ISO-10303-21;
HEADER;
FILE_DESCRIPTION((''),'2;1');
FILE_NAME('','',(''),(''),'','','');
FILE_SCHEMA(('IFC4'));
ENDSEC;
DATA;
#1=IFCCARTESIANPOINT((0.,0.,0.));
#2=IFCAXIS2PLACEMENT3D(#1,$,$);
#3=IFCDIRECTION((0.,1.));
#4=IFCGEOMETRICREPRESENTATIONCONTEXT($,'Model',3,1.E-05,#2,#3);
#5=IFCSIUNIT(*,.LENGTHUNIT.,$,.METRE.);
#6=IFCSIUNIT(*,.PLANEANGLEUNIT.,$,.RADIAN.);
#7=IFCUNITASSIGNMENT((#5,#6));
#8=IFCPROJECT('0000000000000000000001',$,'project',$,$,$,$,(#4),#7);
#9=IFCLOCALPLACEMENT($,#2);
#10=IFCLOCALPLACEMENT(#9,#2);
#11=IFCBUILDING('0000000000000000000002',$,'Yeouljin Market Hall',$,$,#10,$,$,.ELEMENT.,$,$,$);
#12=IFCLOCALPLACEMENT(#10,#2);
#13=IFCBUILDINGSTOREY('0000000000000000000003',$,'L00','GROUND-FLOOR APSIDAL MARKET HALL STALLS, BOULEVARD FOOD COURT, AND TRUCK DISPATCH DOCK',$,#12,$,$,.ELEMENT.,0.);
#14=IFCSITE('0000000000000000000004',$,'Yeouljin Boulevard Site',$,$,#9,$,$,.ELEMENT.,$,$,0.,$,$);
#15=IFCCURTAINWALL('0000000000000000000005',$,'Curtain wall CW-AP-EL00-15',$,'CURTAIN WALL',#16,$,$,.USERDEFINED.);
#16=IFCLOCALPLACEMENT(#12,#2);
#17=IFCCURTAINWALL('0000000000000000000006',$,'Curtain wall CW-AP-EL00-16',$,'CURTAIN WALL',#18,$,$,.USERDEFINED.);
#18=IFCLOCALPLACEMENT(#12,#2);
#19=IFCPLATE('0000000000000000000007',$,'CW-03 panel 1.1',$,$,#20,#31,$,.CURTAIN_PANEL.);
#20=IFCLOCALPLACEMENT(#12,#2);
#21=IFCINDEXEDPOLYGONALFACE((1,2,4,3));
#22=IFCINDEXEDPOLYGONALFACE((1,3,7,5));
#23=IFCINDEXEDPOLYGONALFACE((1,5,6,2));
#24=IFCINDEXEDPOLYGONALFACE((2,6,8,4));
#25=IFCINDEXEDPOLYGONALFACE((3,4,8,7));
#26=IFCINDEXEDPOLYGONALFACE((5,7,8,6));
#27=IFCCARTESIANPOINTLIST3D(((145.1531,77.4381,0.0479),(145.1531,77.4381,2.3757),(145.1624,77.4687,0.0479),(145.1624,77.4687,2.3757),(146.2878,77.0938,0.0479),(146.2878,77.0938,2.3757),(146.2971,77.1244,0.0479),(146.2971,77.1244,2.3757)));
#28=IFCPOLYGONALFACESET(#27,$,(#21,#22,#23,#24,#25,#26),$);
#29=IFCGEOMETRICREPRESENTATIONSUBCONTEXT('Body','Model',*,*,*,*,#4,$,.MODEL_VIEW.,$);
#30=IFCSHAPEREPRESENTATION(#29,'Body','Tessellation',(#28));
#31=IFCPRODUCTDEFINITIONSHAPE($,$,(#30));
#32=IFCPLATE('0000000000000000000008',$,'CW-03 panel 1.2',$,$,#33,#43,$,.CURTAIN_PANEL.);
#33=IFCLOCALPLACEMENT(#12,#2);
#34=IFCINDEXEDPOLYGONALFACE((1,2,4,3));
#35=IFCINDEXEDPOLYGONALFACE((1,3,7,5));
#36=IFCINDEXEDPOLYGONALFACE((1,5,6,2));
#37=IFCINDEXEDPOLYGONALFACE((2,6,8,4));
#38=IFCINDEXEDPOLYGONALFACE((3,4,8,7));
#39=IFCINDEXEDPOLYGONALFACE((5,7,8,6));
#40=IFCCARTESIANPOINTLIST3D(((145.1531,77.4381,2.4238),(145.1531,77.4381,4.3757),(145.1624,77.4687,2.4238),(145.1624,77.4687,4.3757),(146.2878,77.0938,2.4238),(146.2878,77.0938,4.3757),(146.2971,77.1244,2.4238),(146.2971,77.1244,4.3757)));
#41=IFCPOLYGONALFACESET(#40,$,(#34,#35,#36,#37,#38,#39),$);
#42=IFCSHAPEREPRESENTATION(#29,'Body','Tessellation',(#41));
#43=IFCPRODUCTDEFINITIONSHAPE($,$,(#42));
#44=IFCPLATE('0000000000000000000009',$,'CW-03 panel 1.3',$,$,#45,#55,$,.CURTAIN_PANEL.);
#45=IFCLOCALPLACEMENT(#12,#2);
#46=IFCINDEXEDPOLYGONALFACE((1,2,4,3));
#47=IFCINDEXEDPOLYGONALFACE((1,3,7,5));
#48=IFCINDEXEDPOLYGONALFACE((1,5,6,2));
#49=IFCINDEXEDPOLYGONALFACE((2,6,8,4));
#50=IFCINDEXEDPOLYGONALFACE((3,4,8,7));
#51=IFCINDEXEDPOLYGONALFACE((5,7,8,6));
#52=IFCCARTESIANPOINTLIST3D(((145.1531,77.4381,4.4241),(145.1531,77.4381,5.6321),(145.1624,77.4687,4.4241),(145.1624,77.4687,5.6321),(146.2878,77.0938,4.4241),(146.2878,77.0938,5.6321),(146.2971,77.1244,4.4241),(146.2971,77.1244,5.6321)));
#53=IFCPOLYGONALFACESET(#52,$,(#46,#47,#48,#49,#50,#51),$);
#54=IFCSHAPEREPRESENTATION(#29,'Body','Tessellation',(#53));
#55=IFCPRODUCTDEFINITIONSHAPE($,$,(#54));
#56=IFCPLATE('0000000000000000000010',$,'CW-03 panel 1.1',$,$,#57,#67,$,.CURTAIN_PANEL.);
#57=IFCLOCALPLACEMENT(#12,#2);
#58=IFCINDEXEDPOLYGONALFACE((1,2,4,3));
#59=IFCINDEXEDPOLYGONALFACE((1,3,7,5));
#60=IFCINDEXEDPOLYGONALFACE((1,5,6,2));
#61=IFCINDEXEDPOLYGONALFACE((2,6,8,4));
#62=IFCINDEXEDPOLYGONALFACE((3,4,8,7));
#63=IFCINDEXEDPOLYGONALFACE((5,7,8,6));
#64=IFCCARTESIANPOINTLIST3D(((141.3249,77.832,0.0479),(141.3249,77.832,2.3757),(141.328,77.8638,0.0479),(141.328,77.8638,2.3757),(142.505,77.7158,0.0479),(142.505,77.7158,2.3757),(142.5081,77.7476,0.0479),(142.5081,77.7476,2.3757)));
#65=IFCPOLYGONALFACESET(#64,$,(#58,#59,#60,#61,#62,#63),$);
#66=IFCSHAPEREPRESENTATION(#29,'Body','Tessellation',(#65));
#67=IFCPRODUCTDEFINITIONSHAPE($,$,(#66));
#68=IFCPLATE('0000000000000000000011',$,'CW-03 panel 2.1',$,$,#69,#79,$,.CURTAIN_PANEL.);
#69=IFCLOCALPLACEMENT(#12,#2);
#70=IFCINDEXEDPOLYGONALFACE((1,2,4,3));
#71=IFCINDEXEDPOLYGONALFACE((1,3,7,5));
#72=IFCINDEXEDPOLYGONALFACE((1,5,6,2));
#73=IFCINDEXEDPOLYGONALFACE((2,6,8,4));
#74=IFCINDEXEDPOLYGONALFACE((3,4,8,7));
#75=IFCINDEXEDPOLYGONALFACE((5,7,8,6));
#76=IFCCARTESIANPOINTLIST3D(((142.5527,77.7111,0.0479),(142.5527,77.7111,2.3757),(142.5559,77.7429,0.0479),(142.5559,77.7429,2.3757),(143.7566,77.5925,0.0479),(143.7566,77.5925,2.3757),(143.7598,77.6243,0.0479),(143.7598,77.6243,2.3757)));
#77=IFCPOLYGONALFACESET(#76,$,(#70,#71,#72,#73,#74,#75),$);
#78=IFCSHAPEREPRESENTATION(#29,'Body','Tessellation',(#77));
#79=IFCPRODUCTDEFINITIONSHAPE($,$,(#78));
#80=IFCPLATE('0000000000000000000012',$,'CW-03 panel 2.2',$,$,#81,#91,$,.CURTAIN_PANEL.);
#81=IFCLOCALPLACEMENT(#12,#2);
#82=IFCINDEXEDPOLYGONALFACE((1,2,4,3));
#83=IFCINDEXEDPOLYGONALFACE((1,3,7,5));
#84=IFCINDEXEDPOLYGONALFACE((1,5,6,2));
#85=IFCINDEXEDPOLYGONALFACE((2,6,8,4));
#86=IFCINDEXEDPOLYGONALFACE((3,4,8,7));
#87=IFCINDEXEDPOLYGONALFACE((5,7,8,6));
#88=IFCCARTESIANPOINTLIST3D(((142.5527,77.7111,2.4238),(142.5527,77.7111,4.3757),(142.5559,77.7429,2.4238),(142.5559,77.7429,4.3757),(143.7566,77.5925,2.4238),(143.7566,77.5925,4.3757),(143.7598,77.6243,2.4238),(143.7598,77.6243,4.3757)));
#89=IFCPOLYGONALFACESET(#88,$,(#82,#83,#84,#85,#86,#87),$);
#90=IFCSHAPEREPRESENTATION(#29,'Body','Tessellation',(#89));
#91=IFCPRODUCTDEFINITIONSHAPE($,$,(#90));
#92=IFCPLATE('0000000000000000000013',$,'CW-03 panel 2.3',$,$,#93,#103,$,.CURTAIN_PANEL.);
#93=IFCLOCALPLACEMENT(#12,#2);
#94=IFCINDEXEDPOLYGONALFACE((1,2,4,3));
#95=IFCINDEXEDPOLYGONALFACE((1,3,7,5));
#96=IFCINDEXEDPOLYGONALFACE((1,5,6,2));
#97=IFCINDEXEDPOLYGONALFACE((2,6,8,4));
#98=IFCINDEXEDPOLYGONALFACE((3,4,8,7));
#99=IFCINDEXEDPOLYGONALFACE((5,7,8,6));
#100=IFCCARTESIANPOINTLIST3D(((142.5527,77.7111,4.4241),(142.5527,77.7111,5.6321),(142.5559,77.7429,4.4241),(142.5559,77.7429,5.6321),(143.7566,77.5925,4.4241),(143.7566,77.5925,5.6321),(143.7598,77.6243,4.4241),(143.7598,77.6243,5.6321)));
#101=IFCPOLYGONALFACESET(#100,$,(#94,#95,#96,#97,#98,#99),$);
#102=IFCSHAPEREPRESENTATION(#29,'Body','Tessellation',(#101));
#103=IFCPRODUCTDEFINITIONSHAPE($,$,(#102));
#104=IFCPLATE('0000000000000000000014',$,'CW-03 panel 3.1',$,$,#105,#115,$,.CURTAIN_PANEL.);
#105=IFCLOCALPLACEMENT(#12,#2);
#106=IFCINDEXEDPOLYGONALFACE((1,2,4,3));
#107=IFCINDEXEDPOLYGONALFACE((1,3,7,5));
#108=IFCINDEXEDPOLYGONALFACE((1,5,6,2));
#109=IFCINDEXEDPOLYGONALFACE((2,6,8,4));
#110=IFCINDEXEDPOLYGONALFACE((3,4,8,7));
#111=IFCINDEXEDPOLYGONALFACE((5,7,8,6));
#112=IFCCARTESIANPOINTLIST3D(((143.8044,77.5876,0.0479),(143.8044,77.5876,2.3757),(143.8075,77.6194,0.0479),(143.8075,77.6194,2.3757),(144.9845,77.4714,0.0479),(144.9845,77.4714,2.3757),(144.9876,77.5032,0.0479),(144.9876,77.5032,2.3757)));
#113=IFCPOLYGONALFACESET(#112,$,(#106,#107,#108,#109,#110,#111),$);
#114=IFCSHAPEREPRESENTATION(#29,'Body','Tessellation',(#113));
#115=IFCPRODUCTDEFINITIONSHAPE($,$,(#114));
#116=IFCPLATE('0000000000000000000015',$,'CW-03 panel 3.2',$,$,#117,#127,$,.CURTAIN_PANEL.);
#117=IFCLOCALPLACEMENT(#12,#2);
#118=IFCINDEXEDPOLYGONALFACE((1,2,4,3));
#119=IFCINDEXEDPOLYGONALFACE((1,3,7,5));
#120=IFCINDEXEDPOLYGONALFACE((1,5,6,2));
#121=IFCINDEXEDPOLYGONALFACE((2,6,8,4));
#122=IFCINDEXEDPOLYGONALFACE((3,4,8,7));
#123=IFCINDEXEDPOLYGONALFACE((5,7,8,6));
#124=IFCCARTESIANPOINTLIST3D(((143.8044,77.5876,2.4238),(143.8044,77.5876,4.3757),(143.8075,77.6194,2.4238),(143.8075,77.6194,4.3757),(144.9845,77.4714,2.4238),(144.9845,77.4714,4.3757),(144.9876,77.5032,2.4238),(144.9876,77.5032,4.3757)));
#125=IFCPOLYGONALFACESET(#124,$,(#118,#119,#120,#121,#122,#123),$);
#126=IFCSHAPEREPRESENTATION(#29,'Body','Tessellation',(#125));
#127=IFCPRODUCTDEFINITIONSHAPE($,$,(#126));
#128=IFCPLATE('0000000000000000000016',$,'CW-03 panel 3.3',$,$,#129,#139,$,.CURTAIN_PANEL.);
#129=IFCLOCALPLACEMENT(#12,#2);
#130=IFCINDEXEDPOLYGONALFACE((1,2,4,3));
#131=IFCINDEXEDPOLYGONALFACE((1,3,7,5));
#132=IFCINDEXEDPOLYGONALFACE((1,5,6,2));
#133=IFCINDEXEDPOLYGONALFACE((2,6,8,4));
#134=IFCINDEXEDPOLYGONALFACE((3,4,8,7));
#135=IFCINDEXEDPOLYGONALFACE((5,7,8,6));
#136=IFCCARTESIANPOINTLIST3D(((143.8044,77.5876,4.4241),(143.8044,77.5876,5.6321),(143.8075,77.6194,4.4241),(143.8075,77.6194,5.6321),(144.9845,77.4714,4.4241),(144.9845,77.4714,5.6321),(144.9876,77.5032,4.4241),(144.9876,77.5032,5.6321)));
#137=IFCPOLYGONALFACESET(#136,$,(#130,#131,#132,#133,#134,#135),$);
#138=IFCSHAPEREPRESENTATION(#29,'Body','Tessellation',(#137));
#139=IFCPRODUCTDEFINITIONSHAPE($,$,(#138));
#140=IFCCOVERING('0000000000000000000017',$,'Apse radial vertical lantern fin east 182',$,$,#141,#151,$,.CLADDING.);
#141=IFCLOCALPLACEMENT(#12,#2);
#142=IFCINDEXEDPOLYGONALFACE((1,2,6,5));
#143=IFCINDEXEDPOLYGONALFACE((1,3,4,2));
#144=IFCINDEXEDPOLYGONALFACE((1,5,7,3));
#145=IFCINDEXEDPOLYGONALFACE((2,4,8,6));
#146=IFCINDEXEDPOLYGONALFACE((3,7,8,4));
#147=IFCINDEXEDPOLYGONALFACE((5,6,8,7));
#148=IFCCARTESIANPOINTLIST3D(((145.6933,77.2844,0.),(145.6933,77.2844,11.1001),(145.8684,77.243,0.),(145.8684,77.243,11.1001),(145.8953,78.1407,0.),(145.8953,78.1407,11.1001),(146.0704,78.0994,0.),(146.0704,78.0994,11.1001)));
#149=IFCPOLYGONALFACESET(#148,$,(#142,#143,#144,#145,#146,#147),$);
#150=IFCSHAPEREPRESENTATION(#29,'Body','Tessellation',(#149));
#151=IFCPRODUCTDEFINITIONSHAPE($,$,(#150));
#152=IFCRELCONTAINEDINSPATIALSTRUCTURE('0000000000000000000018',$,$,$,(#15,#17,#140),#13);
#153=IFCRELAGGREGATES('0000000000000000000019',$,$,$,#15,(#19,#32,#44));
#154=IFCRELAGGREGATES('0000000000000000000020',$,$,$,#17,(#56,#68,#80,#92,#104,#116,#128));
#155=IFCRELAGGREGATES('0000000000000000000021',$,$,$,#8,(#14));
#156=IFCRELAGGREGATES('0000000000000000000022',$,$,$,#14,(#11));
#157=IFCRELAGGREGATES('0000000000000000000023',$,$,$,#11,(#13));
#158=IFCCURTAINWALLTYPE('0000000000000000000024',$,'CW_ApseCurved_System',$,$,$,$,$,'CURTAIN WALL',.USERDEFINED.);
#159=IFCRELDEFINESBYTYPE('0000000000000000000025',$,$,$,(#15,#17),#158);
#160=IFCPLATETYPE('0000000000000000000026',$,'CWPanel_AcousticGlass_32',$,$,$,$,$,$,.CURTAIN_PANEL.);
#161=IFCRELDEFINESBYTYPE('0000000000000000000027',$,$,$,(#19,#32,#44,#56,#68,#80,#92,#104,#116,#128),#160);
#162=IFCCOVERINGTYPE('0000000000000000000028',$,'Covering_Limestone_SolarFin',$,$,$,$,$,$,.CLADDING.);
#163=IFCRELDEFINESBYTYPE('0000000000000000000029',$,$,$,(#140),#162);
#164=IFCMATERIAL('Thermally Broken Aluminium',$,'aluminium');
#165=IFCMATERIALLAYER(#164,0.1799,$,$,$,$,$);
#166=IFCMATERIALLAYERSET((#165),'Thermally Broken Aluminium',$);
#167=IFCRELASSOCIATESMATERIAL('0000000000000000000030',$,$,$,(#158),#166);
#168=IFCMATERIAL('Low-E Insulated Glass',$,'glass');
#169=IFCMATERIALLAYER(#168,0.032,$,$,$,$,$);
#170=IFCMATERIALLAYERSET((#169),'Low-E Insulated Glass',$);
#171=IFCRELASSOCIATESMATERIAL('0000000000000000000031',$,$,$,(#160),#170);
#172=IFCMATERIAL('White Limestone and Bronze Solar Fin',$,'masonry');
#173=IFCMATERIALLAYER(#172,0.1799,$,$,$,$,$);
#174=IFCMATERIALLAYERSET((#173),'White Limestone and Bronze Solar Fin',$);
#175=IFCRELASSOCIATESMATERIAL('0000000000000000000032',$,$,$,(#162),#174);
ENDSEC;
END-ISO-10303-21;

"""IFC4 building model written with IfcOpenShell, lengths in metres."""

from ifc_helpers import new_model, si_unit, direction, frame, origin, origin_2d, place, context, subcontext, project, spatial, rectangle, extrude, material, layer, layer_set, type_object, element, aggregate, save


model = new_model("IFC4")

# Units and contexts
model_context = context("Model", 3, precision=1e-05, world=origin(), true_north=direction((0.0, 1.0)))
body_context = subcontext(model_context, "Body", "Model", "MODEL_VIEW")
ifc_project = project(units=[si_unit("LENGTHUNIT", "METRE"), si_unit("PLANEANGLEUNIT", "RADIAN")], contexts=[model_context])

# Site, building, storey
site_placement = place(None, origin())
site = spatial("IfcSite", under=ifc_project, at=site_placement, Name="Yeouljin Boulevard Site", CompositionType="ELEMENT", RefElevation=0.0)
building_placement = place(site_placement, origin())
building = spatial("IfcBuilding", under=site, at=building_placement, Name="Yeouljin Market Hall", CompositionType="ELEMENT")
storey_placement = place(building_placement, origin())
storey = spatial("IfcBuildingStorey", under=building, at=storey_placement, Name="L00", Description="GROUND-FLOOR APSIDAL MARKET HALL STALLS, BOULEVARD FOOD COURT, AND TRUCK DISPATCH DOCK", CompositionType="ELEMENT", Elevation=0.0)

# Curtain walls
ifc_material_1 = material(Name="Thermally Broken Aluminium", Category="aluminium")
ifc_layer_1 = layer(ifc_material_1, 0.1799)
ifc_layer_set_1 = layer_set([ifc_layer_1], Name="Thermally Broken Aluminium")
curtain_wall_type = type_object("IfcCurtainWallType", Name="CW_ApseCurved_System", ElementType="CURTAIN WALL", PredefinedType="USERDEFINED", material=ifc_layer_set_1)
curtain_wall_1_placement = place(storey_placement, origin())
curtain_wall_1 = element("IfcCurtainWall", 1, at=curtain_wall_1_placement, inside=storey, type_object=curtain_wall_type, Name="Curtain wall CW-AP-EL00-15", ObjectType="CURTAIN WALL", PredefinedType="USERDEFINED")
curtain_wall_2_placement = place(storey_placement, origin())
curtain_wall_2 = element("IfcCurtainWall", 2, at=curtain_wall_2_placement, inside=storey, type_object=curtain_wall_type, Name="Curtain wall CW-AP-EL00-16", ObjectType="CURTAIN WALL", PredefinedType="USERDEFINED")

# Plates
ifc_material_2 = material(Name="Low-E Insulated Glass", Category="glass")
ifc_layer_2 = layer(ifc_material_2, 0.032)
ifc_layer_set_2 = layer_set([ifc_layer_2], Name="Low-E Insulated Glass")
plate_type = type_object("IfcPlateType", Name="CWPanel_AcousticGlass_32", PredefinedType="CURTAIN_PANEL", material=ifc_layer_set_2)
plate_1_placement = place(storey_placement, frame((145.7251, 77.2812, 0.0479), z_axis=(0.0, 0.0, 1.0), x_axis=(0.95694, -0.290286, 0.0)))
plate_1 = element("IfcPlate", 3, at=plate_1_placement, type_object=plate_type, Name="CW-03 panel 1.1", PredefinedType="CURTAIN_PANEL", context=body_context, shape_type="SweptSolid", body=[
    extrude(rectangle(XDim=1.1858, YDim=0.032, at=origin_2d()), origin(), (0.0, 0.0, 1.0), 2.3279),
])
plate_2_placement = place(storey_placement, frame((145.7251, 77.2812, 2.4238), z_axis=(0.0, 0.0, 1.0), x_axis=(0.95694, -0.290286, 0.0)))
plate_2 = element("IfcPlate", 4, at=plate_2_placement, type_object=plate_type, Name="CW-03 panel 1.2", PredefinedType="CURTAIN_PANEL", context=body_context, shape_type="SweptSolid", body=[
    extrude(rectangle(XDim=1.1858, YDim=0.032, at=origin_2d()), origin(), (0.0, 0.0, 1.0), 1.9519),
])
plate_3_placement = place(storey_placement, frame((145.7251, 77.2812, 4.4241), z_axis=(0.0, 0.0, 1.0), x_axis=(0.95694, -0.290286, 0.0)))
plate_3 = element("IfcPlate", 5, at=plate_3_placement, type_object=plate_type, Name="CW-03 panel 1.3", PredefinedType="CURTAIN_PANEL", context=body_context, shape_type="SweptSolid", body=[
    extrude(rectangle(XDim=1.1858, YDim=0.032, at=origin_2d()), origin(), (0.0, 0.0, 1.0), 1.208),
])
aggregate(curtain_wall_1, [plate_1, plate_2, plate_3])
plate_4_placement = place(storey_placement, frame((141.9165, 77.7898, 0.0479), z_axis=(0.0, 0.0, 1.0), x_axis=(0.995183, -0.098034, 0.0)))
plate_4 = element("IfcPlate", 6, at=plate_4_placement, type_object=plate_type, Name="CW-03 panel 1.1", PredefinedType="CURTAIN_PANEL", context=body_context, shape_type="SweptSolid", body=[
    extrude(rectangle(XDim=1.1858, YDim=0.032, at=origin_2d()), origin(), (0.0, 0.0, 1.0), 2.3279),
])
plate_5_placement = place(storey_placement, frame((143.1562, 77.6677, 0.0479), z_axis=(0.0, 0.0, 1.0), x_axis=(0.995183, -0.098034, 0.0)))
plate_5 = element("IfcPlate", 7, at=plate_5_placement, type_object=plate_type, Name="CW-03 panel 2.1", PredefinedType="CURTAIN_PANEL", context=body_context, shape_type="SweptSolid", body=[
    extrude(rectangle(XDim=1.2097, YDim=0.032, at=origin_2d()), origin(), (0.0, 0.0, 1.0), 2.3279),
])
plate_6_placement = place(storey_placement, frame((143.1562, 77.6677, 2.4238), z_axis=(0.0, 0.0, 1.0), x_axis=(0.995183, -0.098034, 0.0)))
plate_6 = element("IfcPlate", 8, at=plate_6_placement, type_object=plate_type, Name="CW-03 panel 2.2", PredefinedType="CURTAIN_PANEL", context=body_context, shape_type="SweptSolid", body=[
    extrude(rectangle(XDim=1.2097, YDim=0.032, at=origin_2d()), origin(), (0.0, 0.0, 1.0), 1.9519),
])
plate_7_placement = place(storey_placement, frame((143.1562, 77.6677, 4.4241), z_axis=(0.0, 0.0, 1.0), x_axis=(0.995183, -0.098034, 0.0)))
plate_7 = element("IfcPlate", 9, at=plate_7_placement, type_object=plate_type, Name="CW-03 panel 2.3", PredefinedType="CURTAIN_PANEL", context=body_context, shape_type="SweptSolid", body=[
    extrude(rectangle(XDim=1.2097, YDim=0.032, at=origin_2d()), origin(), (0.0, 0.0, 1.0), 1.208),
])
plate_8_placement = place(storey_placement, frame((144.396, 77.5454, 0.0479), z_axis=(0.0, 0.0, 1.0), x_axis=(0.995183, -0.098034, 0.0)))
plate_8 = element("IfcPlate", 10, at=plate_8_placement, type_object=plate_type, Name="CW-03 panel 3.1", PredefinedType="CURTAIN_PANEL", context=body_context, shape_type="SweptSolid", body=[
    extrude(rectangle(XDim=1.1858, YDim=0.032, at=origin_2d()), origin(), (0.0, 0.0, 1.0), 2.3279),
])
plate_9_placement = place(storey_placement, frame((144.396, 77.5454, 2.4238), z_axis=(0.0, 0.0, 1.0), x_axis=(0.995183, -0.098034, 0.0)))
plate_9 = element("IfcPlate", 11, at=plate_9_placement, type_object=plate_type, Name="CW-03 panel 3.2", PredefinedType="CURTAIN_PANEL", context=body_context, shape_type="SweptSolid", body=[
    extrude(rectangle(XDim=1.1858, YDim=0.032, at=origin_2d()), origin(), (0.0, 0.0, 1.0), 1.9519),
])
plate_10_placement = place(storey_placement, frame((144.396, 77.5454, 4.4241), z_axis=(0.0, 0.0, 1.0), x_axis=(0.995183, -0.098034, 0.0)))
plate_10 = element("IfcPlate", 12, at=plate_10_placement, type_object=plate_type, Name="CW-03 panel 3.3", PredefinedType="CURTAIN_PANEL", context=body_context, shape_type="SweptSolid", body=[
    extrude(rectangle(XDim=1.1858, YDim=0.032, at=origin_2d()), origin(), (0.0, 0.0, 1.0), 1.208),
])
aggregate(curtain_wall_2, [plate_4, plate_5, plate_6, plate_7, plate_8, plate_9, plate_10])

# Covering
ifc_material_3 = material(Name="White Limestone and Bronze Solar Fin", Category="masonry")
ifc_layer_3 = layer(ifc_material_3, 0.1799)
ifc_layer_set_3 = layer_set([ifc_layer_3], Name="White Limestone and Bronze Solar Fin")
covering_type = type_object("IfcCoveringType", Name="Covering_Limestone_SolarFin", PredefinedType="CLADDING", material=ifc_layer_set_3)
covering_placement = place(storey_placement, frame((145.8818, 77.6919, 0.0), z_axis=(0.0, 0.0, 1.0), x_axis=(0.22954, 0.973299, 0.0)))
element("IfcCovering", 13, at=covering_placement, inside=storey, type_object=covering_type, Name="Apse radial vertical lantern fin east 182", PredefinedType="CLADDING", context=body_context, shape_type="SweptSolid", body=[
    extrude(rectangle(XDim=0.8799, YDim=0.1799, at=origin_2d()), origin(), (0.0, 0.0, 1.0), 11.1001),
])

save(model, "model.ifc")
